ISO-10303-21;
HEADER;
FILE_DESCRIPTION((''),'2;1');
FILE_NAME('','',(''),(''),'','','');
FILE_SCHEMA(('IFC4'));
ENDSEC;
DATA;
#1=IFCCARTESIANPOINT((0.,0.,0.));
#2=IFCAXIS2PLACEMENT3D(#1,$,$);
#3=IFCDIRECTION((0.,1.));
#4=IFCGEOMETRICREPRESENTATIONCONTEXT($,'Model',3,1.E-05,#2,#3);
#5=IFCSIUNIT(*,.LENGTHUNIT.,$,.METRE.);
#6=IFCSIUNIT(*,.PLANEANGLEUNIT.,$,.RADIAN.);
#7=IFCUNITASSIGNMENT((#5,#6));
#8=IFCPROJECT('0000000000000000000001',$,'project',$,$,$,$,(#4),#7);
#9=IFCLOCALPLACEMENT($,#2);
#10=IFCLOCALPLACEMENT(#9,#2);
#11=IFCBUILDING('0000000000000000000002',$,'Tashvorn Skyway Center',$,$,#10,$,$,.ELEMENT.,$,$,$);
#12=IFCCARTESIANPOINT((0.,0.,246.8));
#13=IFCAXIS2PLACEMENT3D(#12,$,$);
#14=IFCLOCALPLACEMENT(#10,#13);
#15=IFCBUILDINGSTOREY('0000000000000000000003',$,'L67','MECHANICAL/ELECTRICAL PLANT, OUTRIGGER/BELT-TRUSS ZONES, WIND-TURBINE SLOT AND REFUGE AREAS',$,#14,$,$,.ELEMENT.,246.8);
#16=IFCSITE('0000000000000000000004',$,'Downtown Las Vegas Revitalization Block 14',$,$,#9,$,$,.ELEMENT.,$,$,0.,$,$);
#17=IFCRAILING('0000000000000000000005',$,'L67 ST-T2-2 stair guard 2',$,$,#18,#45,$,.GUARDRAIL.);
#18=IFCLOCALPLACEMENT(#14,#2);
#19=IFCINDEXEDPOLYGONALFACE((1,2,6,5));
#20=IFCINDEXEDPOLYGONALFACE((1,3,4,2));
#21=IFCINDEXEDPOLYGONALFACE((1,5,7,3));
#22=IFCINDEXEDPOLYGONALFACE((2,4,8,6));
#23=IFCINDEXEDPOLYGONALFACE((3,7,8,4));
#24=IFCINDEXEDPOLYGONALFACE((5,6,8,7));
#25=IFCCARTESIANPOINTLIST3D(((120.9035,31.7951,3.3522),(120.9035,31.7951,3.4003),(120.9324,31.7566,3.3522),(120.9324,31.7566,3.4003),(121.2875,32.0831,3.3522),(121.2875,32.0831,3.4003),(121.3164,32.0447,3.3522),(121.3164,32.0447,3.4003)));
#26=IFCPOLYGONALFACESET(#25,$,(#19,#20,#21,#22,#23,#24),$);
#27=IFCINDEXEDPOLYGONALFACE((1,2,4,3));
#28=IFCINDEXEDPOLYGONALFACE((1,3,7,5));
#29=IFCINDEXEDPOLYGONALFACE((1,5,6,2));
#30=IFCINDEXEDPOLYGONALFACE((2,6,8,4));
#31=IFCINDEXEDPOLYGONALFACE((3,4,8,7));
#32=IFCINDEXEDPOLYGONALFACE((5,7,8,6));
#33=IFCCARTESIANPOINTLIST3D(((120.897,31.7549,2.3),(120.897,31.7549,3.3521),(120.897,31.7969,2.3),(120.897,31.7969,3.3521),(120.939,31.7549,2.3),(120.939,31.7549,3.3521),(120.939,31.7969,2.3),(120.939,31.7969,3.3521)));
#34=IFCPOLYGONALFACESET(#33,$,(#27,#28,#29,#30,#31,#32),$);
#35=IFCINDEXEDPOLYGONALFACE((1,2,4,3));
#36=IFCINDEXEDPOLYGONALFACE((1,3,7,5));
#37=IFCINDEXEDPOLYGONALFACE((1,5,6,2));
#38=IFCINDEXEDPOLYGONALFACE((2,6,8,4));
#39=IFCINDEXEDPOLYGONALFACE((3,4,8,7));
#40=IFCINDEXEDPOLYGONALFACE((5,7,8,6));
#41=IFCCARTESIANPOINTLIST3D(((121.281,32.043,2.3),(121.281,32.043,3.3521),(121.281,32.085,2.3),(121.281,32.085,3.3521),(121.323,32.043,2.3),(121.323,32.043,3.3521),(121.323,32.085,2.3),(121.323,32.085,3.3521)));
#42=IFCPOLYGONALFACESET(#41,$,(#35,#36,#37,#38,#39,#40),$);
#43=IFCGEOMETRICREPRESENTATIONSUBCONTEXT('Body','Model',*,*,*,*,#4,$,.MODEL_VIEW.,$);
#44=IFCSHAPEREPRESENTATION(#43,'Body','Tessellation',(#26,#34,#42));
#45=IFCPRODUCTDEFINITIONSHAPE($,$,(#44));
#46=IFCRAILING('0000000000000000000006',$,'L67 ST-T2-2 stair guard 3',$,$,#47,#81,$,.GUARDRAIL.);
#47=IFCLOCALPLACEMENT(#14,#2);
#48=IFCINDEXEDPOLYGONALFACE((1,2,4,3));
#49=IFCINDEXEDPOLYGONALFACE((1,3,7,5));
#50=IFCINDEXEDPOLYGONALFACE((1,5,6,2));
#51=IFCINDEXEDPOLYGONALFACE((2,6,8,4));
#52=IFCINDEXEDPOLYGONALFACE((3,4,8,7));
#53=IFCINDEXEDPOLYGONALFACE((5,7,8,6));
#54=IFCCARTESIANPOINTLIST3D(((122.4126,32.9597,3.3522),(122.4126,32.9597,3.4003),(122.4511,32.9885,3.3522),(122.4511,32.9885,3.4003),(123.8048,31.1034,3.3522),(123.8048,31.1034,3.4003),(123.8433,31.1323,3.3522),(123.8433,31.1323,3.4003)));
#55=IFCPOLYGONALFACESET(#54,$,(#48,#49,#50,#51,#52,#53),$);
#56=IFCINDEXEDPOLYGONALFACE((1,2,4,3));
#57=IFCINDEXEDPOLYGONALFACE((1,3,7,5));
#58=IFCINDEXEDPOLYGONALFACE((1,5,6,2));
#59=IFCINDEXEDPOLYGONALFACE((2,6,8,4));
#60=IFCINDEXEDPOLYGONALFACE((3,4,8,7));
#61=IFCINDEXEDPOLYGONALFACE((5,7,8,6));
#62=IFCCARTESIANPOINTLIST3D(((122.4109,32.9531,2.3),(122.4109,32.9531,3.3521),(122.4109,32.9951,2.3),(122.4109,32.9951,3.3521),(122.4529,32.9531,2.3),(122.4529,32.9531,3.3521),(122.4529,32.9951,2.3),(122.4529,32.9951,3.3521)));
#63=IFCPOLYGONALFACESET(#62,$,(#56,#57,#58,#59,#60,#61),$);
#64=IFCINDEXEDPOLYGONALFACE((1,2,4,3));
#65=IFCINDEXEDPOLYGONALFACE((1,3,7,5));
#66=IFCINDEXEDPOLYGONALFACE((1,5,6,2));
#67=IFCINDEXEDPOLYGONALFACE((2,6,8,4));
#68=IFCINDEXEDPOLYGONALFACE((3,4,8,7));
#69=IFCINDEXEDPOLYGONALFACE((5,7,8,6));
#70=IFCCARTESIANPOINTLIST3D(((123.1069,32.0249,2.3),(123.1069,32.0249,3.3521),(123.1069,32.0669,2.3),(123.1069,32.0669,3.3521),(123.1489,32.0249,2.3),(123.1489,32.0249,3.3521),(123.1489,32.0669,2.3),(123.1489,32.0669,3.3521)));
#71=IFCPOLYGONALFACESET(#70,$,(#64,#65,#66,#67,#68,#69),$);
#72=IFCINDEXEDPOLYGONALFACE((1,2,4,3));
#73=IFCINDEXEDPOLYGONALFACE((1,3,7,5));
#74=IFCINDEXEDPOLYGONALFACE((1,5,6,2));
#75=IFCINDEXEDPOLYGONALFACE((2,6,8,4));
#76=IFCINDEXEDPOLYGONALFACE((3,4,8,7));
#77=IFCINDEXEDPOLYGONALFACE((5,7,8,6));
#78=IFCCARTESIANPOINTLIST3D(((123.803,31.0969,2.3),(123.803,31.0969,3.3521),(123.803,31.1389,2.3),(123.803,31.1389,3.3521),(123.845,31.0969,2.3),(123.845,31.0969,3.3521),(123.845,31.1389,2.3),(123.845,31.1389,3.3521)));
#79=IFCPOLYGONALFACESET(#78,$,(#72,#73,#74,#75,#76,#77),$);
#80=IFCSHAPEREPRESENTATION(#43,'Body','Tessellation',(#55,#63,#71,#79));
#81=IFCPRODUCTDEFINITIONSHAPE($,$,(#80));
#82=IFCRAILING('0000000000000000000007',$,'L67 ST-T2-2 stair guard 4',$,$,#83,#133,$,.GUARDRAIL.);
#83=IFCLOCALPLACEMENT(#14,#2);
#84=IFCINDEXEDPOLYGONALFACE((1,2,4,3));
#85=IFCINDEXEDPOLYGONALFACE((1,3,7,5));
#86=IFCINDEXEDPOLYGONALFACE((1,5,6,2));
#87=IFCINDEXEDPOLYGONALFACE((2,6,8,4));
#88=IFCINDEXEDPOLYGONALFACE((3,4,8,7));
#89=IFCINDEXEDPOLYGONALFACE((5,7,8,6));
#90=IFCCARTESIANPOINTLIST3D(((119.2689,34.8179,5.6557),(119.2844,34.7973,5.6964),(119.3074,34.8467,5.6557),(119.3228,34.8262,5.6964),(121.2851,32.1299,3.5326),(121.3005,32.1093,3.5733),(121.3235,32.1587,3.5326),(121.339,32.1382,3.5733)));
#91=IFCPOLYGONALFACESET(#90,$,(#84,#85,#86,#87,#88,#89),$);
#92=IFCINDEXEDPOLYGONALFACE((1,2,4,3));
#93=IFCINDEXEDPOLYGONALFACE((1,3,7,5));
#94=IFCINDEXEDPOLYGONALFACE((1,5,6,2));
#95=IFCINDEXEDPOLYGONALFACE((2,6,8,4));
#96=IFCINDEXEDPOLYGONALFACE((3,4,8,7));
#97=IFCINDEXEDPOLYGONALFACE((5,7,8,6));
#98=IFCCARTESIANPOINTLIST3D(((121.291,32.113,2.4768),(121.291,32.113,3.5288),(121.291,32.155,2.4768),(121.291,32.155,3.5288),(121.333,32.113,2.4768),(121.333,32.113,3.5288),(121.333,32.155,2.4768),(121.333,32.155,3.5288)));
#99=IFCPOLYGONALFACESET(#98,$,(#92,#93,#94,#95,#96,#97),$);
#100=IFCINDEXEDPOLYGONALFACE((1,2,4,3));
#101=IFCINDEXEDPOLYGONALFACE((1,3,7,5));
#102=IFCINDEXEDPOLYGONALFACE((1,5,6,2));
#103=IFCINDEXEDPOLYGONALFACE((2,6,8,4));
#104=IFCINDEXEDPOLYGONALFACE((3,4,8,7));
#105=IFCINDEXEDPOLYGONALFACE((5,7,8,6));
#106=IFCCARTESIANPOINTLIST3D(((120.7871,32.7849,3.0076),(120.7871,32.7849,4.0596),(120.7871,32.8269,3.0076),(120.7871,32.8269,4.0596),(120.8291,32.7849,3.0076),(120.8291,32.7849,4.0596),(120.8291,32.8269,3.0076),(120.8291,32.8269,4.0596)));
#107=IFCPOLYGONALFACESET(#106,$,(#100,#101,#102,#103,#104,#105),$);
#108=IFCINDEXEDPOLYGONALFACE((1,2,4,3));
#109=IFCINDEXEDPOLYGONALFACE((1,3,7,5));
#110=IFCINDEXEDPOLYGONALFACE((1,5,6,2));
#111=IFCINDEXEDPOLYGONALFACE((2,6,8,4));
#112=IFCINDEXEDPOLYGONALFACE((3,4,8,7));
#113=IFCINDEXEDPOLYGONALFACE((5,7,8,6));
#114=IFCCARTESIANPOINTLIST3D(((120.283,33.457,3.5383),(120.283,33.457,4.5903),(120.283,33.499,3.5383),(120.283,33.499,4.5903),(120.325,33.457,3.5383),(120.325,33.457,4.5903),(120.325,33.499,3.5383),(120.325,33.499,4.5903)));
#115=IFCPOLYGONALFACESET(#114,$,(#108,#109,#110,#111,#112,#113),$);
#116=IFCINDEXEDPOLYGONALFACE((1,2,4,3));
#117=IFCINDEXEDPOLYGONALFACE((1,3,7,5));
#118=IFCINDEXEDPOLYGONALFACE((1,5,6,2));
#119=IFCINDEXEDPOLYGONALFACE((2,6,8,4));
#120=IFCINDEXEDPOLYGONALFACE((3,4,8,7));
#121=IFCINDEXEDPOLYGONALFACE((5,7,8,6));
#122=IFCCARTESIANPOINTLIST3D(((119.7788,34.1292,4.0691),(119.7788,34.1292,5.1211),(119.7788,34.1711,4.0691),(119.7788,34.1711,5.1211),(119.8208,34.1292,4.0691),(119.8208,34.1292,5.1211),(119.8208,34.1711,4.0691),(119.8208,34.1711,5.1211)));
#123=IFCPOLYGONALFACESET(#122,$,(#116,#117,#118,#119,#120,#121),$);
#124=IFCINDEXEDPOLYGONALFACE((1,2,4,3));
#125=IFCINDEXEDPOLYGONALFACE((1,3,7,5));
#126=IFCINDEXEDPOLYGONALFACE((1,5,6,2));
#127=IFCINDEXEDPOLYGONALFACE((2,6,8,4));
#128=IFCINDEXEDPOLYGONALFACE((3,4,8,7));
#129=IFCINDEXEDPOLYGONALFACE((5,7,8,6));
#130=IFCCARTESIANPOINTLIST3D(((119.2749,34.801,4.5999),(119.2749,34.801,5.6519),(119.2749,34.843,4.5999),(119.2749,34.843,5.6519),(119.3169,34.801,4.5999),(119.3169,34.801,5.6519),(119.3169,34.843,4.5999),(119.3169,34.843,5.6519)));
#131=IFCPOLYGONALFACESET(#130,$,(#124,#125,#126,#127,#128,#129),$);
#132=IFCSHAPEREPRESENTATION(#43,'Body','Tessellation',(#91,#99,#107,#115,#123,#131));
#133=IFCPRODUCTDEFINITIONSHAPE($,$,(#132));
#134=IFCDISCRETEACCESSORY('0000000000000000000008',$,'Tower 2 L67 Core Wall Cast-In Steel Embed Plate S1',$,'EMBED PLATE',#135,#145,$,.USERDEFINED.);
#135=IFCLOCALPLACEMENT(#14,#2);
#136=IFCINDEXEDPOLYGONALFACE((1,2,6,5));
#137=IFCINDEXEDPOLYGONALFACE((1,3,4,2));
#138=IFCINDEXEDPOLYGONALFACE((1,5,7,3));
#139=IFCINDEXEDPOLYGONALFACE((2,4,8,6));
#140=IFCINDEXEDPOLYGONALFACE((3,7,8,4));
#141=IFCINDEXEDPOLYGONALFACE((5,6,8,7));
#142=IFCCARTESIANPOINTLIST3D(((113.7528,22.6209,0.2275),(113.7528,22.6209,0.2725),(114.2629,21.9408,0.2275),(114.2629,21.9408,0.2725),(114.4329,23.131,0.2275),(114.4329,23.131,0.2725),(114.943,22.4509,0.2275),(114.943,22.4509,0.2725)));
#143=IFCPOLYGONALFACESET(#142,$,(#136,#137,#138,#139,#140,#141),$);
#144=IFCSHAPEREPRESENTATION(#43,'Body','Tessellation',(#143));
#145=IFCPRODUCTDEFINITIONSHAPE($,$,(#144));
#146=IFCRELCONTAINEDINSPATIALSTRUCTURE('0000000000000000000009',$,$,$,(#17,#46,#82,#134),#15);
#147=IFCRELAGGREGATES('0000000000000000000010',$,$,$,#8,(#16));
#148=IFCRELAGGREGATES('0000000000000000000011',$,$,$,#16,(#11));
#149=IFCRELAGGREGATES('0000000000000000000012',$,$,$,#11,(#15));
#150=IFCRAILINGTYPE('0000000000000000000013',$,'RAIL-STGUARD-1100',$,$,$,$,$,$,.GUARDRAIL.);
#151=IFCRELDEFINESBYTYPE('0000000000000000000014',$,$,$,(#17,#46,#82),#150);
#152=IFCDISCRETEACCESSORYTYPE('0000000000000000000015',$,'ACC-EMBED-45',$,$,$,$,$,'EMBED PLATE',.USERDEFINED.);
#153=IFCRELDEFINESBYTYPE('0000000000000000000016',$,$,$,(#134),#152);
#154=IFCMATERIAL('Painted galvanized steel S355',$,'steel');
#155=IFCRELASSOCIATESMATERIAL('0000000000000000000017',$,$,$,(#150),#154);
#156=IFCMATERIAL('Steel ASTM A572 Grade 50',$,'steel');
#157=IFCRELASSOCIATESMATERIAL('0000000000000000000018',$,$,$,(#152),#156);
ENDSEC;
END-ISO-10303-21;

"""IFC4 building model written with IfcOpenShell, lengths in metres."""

from ifc_helpers import new_model, si_unit, direction, frame, origin, origin_2d, place, context, subcontext, project, spatial, rectangle, extrude, material, type_object, element, save


model = new_model("IFC4")

# Units and contexts
model_context = context("Model", 3, precision=1e-05, world=origin(), true_north=direction((0.0, 1.0)))
body_context = subcontext(model_context, "Body", "Model", "MODEL_VIEW")
ifc_project = project(units=[si_unit("LENGTHUNIT", "METRE"), si_unit("PLANEANGLEUNIT", "RADIAN")], contexts=[model_context])

# Site, building, storey
site_placement = place(None, origin())
site = spatial("IfcSite", under=ifc_project, at=site_placement, Name="Downtown Las Vegas Revitalization Block 14", CompositionType="ELEMENT", RefElevation=0.0)
building_placement = place(site_placement, origin())
building = spatial("IfcBuilding", under=site, at=building_placement, Name="Tashvorn Skyway Center", CompositionType="ELEMENT")
storey_placement = place(building_placement, frame((0.0, 0.0, 246.8)))
storey = spatial("IfcBuildingStorey", under=building, at=storey_placement, Name="L67", Description="MECHANICAL/ELECTRICAL PLANT, OUTRIGGER/BELT-TRUSS ZONES, WIND-TURBINE SLOT AND REFUGE AREAS", CompositionType="ELEMENT", Elevation=246.8)

# Shared definitions
ifc_material_1 = material(Name="Steel ASTM A572 Grade 50", Category="steel")

# Railings
ifc_material_2 = material(Name="Painted galvanized steel S355", Category="steel")
railing_type_1 = type_object("IfcRailingType", Name="RAIL-STGUARD-1100", PredefinedType="GUARDRAIL", material=ifc_material_2)
railing_1_placement = place(storey_placement, frame((120.918, 31.7759, 2.3)))
element("IfcRailing", 1, at=railing_1_placement, inside=storey, type_object=railing_type_1, Name="L67 ST-T2-2 stair guard 2", PredefinedType="GUARDRAIL", context=body_context, shape_type="SweptSolid", body=[
    extrude(rectangle(XDim=0.0481, YDim=0.0481, at=origin_2d()), frame((0.0, 0.0, 1.0762), z_axis=(0.799939, 0.600081, 0.0), x_axis=(-0.600081, 0.799939, 0.0)), (0.0, 0.0, 1.0), 0.48),
    extrude(rectangle(XDim=0.042, YDim=0.042, at=origin_2d()), origin(), (0.0, 0.0, 1.0), 1.052),
    extrude(rectangle(XDim=0.042, YDim=0.042, at=origin_2d()), frame((0.384, 0.2881, 0.0)), (0.0, 0.0, 1.0), 1.052),
])
railing_2_placement = place(storey_placement, frame((122.4319, 32.9741, 2.3)))
element("IfcRailing", 2, at=railing_2_placement, inside=storey, type_object=railing_type_1, Name="L67 ST-T2-2 stair guard 3", PredefinedType="GUARDRAIL", context=body_context, shape_type="SweptSolid", body=[
    extrude(rectangle(XDim=0.0481, YDim=0.0481, at=origin_2d()), frame((0.0, 0.0, 1.0762), z_axis=(0.599983, -0.800013, 0.0), x_axis=(0.800013, 0.599983, 0.0)), (0.0, 0.0, 1.0), 2.3203),
    extrude(rectangle(XDim=0.042, YDim=0.042, at=origin_2d()), origin(), (0.0, 0.0, 1.0), 1.052),
    extrude(rectangle(XDim=0.042, YDim=0.042, at=origin_2d()), frame((0.696, -0.9282, 0.0)), (0.0, 0.0, 1.0), 1.052),
    extrude(rectangle(XDim=0.042, YDim=0.042, at=origin_2d()), frame((1.3921, -1.8562, 0.0)), (0.0, 0.0, 1.0), 1.052),
])
railing_3_placement = place(storey_placement, frame((121.312, 32.134, 2.4768)))
element("IfcRailing", 3, at=railing_3_placement, inside=storey, type_object=railing_type_1, Name="L67 ST-T2-2 stair guard 4", PredefinedType="GUARDRAIL", context=body_context, shape_type="SweptSolid", body=[
    extrude(rectangle(XDim=0.0481, YDim=0.0481, at=origin_2d()), frame((0.0, 0.0, 1.0762), z_axis=(-0.507251, 0.676294, 0.534156), x_axis=(-0.799983, -0.600023, 0.0)), (0.0, 0.0, 1.0), 3.9746),
    extrude(rectangle(XDim=0.042, YDim=0.042, at=origin_2d()), origin(), (0.0, 0.0, 1.0), 1.052),
    extrude(rectangle(XDim=0.042, YDim=0.042, at=origin_2d()), frame((-0.5039, 0.6719, 0.5308)), (0.0, 0.0, 1.0), 1.052),
    extrude(rectangle(XDim=0.042, YDim=0.042, at=origin_2d()), frame((-1.0081, 1.344, 1.0615)), (0.0, 0.0, 1.0), 1.052),
    extrude(rectangle(XDim=0.042, YDim=0.042, at=origin_2d()), frame((-1.5122, 2.0161, 1.5923)), (0.0, 0.0, 1.0), 1.052),
    extrude(rectangle(XDim=0.042, YDim=0.042, at=origin_2d()), frame((-2.0161, 2.688, 2.123)), (0.0, 0.0, 1.0), 1.052),
])

# Discrete accessory
discrete_accessory_type = type_object("IfcDiscreteAccessoryType", Name="ACC-EMBED-45", ElementType="EMBED PLATE", PredefinedType="USERDEFINED", material=ifc_material_1)
discrete_accessory_placement = place(storey_placement, frame((114.3479, 22.5359, 0.2275), z_axis=(0.0, 0.0, 1.0), x_axis=(0.8, 0.6, 0.0)))
element("IfcDiscreteAccessory", 4, at=discrete_accessory_placement, inside=storey, type_object=discrete_accessory_type, Name="Tower 2 L67 Core Wall Cast-In Steel Embed Plate S1", ObjectType="EMBED PLATE", PredefinedType="USERDEFINED", context=body_context, shape_type="SweptSolid", body=[
    extrude(rectangle(XDim=0.8501, YDim=0.8501, at=origin_2d()), origin(), (0.0, 0.0, 1.0), 0.0449),
])

save(model, "model.ifc")
